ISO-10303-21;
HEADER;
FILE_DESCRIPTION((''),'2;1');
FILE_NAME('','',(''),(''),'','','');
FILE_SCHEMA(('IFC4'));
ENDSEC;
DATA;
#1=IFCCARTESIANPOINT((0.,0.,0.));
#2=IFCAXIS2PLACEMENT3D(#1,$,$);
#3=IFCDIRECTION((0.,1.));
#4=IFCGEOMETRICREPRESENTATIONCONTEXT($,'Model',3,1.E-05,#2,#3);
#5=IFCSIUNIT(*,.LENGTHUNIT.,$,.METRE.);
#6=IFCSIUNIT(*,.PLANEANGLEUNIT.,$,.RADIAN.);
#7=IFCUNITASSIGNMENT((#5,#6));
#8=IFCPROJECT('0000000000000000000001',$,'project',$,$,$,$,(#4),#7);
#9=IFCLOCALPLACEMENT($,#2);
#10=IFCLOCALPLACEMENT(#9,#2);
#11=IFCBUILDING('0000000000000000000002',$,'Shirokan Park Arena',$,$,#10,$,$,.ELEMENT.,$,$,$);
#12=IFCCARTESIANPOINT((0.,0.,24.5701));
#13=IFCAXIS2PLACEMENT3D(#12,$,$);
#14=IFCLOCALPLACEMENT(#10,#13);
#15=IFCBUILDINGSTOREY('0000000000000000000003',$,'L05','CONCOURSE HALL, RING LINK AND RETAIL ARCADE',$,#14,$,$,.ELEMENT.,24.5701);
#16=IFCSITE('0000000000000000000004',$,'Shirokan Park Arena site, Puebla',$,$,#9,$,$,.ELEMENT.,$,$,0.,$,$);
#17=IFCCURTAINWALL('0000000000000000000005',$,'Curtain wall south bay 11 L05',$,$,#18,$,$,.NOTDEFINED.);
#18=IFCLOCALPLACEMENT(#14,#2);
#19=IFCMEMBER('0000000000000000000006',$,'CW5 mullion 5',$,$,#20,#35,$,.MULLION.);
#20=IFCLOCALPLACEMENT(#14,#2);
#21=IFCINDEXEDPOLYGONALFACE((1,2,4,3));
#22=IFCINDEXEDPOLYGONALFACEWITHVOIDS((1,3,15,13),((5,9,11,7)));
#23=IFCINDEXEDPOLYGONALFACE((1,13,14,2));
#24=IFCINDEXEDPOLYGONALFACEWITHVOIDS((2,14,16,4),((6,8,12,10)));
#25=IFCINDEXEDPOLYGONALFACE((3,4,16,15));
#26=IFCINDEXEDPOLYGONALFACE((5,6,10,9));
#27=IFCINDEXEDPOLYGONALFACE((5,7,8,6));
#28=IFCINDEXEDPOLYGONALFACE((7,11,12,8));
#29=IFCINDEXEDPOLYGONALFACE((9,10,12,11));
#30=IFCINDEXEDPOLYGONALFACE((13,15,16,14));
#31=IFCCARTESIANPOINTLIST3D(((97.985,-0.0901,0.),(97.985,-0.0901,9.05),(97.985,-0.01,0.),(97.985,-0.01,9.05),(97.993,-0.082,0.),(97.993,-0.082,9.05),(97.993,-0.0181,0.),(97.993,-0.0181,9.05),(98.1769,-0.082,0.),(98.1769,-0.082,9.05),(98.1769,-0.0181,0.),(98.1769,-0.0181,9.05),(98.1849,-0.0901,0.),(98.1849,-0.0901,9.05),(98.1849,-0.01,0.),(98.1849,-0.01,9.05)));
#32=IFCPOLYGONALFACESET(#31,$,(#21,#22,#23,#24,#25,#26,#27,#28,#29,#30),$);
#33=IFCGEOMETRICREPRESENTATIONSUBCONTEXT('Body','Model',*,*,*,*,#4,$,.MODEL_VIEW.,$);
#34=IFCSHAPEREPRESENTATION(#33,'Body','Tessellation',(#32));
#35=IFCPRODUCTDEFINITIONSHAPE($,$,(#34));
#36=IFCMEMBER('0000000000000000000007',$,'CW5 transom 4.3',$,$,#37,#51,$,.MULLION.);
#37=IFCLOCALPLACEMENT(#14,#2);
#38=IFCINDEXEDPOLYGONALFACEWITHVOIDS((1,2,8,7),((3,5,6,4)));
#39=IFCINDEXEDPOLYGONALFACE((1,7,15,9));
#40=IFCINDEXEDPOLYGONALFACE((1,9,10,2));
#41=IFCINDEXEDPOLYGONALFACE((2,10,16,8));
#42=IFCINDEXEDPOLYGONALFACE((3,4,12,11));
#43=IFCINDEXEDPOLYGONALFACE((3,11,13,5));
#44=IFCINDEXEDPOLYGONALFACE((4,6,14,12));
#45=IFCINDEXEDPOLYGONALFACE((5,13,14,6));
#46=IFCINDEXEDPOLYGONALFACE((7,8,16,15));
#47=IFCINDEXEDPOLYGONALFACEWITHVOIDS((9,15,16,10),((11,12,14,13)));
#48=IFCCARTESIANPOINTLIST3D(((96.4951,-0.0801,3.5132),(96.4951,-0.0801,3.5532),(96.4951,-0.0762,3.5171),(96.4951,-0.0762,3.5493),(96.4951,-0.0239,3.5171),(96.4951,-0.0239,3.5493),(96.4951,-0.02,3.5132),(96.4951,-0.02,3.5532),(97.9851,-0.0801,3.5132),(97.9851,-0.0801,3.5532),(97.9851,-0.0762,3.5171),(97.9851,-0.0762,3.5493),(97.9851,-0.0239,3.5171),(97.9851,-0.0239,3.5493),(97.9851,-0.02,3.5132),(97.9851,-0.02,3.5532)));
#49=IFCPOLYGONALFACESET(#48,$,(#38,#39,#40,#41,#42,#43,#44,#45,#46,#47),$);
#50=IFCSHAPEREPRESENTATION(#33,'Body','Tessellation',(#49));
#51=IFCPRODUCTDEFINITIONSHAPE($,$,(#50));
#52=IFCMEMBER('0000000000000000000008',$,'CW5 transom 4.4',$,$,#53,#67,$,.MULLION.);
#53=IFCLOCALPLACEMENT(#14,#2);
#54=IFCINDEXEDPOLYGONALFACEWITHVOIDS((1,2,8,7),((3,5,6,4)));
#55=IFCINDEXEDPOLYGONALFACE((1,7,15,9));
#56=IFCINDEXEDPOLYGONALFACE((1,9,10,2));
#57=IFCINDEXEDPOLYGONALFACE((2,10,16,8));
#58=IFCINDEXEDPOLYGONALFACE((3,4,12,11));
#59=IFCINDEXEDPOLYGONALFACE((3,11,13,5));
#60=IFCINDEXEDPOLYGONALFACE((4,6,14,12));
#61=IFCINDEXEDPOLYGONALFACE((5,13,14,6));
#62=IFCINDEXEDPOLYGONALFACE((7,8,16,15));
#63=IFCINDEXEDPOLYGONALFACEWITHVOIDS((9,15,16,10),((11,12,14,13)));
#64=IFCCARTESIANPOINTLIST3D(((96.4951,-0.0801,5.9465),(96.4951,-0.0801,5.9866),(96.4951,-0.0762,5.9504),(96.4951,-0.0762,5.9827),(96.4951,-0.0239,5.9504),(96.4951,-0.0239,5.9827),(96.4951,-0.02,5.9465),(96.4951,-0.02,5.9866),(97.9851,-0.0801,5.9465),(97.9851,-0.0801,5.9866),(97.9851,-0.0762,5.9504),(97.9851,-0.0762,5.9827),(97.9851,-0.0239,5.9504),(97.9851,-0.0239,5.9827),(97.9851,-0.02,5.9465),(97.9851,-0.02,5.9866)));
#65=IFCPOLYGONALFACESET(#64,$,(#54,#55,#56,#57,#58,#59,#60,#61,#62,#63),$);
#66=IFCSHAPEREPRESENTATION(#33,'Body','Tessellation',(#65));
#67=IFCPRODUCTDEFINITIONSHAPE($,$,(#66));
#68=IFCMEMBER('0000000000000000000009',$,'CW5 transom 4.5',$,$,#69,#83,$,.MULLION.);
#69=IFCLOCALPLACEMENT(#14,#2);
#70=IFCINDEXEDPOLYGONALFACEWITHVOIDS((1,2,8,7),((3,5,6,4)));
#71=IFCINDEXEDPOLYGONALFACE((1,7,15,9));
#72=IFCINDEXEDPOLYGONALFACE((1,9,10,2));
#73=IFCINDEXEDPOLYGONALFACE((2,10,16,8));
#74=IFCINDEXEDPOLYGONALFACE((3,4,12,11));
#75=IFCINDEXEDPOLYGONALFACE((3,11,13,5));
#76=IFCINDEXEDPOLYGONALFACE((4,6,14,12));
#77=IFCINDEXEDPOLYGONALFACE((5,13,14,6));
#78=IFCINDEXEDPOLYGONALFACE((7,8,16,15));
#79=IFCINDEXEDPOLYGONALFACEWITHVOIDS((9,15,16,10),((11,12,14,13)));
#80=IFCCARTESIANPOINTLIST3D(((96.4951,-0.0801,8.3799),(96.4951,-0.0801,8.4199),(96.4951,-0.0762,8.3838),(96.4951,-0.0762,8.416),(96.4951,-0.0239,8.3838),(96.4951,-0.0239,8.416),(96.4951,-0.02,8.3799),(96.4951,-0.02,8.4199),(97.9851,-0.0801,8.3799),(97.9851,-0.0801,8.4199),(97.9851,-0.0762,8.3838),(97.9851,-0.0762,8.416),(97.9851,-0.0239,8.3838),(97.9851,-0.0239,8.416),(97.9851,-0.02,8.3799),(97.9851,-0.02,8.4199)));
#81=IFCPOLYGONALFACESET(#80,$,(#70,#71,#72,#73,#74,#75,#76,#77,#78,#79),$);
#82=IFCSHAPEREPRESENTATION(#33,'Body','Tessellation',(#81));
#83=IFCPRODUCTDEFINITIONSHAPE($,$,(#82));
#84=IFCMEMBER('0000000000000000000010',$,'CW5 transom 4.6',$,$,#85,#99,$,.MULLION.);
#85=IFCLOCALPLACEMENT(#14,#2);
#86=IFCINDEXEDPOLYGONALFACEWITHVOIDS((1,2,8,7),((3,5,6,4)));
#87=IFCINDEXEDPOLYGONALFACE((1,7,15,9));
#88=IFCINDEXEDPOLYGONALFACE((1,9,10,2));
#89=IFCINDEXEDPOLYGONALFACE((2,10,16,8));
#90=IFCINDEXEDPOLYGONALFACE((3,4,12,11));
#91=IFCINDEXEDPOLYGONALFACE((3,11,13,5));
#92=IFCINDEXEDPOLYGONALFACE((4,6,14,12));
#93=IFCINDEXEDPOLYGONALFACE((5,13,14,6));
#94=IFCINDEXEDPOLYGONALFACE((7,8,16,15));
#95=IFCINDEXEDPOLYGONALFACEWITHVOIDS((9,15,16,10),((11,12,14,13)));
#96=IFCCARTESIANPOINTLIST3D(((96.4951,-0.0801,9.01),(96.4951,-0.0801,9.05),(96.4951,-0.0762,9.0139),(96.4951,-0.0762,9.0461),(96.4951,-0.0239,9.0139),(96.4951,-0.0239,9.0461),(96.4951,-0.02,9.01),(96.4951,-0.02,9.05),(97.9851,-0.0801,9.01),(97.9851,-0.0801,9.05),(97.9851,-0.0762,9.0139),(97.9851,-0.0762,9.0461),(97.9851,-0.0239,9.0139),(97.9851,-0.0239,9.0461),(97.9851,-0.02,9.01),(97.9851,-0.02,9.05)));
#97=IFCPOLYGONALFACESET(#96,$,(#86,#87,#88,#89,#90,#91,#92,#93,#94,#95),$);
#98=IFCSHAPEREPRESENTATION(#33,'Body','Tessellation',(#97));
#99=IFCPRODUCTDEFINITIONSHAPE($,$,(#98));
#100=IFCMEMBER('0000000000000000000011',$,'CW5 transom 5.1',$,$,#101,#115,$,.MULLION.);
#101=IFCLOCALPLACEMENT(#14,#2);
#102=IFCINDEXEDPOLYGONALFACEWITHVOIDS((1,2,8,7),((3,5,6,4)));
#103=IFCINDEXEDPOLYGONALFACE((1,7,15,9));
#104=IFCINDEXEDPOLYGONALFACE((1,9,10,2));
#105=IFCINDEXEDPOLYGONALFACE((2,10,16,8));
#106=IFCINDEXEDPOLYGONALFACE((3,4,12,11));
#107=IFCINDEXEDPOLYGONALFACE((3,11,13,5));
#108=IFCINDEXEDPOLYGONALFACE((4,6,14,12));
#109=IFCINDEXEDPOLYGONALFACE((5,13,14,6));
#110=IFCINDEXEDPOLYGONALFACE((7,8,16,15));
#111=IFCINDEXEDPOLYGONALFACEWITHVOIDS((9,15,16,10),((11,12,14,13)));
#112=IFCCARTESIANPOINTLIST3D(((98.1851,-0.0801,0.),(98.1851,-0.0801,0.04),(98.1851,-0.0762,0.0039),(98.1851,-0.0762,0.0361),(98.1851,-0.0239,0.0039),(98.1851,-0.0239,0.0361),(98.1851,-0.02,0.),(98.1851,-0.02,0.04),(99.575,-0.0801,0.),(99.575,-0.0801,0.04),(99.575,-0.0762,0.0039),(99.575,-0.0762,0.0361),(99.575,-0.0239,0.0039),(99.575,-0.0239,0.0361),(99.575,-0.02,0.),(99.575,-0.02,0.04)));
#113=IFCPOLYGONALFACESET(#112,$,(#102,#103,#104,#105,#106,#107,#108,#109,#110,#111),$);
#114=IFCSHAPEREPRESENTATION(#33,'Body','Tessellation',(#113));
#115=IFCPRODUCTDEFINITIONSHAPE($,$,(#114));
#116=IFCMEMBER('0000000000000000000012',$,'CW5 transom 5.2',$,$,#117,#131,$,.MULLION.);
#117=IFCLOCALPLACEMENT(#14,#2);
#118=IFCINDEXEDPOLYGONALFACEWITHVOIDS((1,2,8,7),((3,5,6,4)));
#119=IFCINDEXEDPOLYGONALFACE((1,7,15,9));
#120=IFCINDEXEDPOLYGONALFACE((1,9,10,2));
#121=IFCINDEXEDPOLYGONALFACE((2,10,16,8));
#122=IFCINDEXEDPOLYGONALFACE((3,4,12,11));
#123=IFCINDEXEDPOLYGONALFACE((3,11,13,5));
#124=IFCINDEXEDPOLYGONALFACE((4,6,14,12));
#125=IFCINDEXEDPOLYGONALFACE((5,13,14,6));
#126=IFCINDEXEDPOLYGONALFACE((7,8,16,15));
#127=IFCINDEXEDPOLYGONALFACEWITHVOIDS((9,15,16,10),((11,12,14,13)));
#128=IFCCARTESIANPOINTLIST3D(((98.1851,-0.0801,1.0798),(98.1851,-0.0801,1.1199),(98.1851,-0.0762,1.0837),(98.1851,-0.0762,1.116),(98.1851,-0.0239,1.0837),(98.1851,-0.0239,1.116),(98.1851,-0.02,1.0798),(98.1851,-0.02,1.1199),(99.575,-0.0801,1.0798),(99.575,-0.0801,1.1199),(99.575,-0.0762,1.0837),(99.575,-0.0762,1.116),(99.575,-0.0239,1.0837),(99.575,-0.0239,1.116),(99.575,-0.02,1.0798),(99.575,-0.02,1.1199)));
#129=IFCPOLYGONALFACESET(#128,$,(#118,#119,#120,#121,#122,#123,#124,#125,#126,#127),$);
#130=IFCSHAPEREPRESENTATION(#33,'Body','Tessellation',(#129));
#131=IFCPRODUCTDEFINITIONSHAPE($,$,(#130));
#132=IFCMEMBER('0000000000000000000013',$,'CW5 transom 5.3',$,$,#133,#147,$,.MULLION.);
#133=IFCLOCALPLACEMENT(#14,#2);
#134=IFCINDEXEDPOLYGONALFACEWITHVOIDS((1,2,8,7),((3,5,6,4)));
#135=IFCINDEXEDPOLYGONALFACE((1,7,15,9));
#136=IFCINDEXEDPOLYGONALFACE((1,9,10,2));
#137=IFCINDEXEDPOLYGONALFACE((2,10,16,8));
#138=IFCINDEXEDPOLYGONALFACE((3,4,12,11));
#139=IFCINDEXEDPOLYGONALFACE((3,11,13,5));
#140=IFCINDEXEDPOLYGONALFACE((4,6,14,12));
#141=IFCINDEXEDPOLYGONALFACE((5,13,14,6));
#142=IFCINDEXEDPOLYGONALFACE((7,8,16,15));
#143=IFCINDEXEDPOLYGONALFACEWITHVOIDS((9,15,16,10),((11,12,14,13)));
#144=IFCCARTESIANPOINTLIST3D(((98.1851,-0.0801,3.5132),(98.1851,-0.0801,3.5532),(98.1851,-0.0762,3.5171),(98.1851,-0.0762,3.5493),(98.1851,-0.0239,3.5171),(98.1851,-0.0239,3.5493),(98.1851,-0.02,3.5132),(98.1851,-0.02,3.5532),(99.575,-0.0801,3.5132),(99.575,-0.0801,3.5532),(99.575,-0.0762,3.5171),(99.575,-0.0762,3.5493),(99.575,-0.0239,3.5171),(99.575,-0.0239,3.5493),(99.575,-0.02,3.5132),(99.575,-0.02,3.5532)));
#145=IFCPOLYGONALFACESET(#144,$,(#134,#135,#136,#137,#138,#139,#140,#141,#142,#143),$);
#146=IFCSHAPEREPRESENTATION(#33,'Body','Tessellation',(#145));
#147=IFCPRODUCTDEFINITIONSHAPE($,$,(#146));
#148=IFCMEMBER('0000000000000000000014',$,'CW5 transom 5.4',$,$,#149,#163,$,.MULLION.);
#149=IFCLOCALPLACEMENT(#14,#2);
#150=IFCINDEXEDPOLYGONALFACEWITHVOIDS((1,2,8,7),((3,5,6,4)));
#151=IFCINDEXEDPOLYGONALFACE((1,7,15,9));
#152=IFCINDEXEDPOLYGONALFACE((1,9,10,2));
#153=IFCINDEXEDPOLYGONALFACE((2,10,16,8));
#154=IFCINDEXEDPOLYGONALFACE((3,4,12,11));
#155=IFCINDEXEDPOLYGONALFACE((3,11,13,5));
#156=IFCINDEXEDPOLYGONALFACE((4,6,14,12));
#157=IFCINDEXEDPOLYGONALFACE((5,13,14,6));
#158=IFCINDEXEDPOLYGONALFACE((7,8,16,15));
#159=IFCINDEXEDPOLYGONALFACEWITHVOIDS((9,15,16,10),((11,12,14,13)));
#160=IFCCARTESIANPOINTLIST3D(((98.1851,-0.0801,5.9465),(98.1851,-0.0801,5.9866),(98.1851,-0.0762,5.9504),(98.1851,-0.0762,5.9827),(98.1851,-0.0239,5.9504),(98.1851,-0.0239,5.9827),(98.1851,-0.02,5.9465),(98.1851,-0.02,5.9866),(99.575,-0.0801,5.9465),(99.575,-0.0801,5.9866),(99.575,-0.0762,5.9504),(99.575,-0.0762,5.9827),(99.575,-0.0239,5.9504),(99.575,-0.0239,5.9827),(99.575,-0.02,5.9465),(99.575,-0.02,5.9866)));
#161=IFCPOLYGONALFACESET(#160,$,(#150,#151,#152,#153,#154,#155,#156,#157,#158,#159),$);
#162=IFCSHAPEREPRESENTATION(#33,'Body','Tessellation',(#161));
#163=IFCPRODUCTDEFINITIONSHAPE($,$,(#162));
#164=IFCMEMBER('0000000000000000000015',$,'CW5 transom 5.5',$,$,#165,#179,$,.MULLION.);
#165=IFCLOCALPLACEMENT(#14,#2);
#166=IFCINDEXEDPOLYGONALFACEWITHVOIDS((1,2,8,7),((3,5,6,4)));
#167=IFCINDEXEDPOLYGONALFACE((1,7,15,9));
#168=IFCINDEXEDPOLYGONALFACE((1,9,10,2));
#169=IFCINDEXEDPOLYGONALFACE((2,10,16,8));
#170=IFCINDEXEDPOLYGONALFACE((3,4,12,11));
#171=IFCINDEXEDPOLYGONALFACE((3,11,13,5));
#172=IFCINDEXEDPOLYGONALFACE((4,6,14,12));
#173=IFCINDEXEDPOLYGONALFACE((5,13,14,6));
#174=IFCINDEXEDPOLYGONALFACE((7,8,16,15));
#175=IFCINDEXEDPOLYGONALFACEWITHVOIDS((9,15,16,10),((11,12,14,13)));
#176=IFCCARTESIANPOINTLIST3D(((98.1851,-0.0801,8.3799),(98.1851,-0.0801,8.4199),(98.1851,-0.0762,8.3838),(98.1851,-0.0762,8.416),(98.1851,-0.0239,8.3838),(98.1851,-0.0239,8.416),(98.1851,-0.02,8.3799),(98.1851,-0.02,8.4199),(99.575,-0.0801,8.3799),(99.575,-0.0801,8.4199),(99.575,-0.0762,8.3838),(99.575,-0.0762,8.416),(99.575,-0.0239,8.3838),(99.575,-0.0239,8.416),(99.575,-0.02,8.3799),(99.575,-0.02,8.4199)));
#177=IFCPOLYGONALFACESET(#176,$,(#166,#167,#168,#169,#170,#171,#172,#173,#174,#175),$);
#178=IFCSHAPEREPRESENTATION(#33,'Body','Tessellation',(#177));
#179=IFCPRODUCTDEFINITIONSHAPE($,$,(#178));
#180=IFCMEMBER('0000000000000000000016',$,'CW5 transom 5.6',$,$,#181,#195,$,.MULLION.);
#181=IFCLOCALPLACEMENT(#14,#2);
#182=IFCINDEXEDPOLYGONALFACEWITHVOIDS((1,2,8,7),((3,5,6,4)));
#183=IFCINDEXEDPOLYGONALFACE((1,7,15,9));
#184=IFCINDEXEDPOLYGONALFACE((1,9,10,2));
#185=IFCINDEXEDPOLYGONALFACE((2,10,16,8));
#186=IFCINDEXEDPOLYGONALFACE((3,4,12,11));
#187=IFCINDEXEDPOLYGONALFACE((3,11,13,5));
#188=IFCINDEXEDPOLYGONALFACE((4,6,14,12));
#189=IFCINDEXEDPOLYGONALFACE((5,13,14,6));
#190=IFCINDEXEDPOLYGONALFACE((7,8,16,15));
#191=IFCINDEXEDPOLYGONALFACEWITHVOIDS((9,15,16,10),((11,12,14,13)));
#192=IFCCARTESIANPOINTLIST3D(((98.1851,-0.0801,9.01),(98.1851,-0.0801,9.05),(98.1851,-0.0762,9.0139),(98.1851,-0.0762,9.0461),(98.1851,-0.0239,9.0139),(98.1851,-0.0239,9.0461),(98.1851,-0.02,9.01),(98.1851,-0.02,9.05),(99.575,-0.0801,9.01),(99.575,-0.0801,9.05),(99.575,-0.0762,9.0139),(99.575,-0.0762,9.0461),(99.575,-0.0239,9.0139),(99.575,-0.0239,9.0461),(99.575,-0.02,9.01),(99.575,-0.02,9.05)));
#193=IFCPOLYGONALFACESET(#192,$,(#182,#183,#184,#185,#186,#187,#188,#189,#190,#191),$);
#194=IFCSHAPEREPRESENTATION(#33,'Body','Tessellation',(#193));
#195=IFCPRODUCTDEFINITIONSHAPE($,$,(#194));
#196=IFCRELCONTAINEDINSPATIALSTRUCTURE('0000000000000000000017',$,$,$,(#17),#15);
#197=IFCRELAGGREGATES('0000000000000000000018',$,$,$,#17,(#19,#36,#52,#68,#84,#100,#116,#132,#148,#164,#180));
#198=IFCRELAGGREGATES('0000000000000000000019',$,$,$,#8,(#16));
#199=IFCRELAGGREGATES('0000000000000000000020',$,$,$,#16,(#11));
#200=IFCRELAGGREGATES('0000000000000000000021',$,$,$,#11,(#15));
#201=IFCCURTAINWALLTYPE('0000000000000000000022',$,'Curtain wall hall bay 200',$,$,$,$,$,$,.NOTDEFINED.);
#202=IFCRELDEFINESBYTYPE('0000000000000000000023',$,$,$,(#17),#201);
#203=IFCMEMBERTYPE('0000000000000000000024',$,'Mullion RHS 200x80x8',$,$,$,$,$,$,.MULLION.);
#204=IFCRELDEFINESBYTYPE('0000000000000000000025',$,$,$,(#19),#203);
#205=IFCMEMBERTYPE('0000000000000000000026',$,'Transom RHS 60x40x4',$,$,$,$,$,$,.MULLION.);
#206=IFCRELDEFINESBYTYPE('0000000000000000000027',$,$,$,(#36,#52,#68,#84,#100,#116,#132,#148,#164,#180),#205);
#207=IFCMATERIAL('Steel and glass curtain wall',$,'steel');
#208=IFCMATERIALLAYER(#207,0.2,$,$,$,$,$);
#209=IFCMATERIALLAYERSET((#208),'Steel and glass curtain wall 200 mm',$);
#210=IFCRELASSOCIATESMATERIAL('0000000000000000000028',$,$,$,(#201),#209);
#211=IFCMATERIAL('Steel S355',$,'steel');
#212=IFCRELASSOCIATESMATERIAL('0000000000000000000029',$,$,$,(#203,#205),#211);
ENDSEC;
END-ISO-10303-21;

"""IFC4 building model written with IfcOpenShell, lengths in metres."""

from ifc_helpers import new_model, si_unit, direction, frame, origin, origin_2d, place, context, subcontext, project, spatial, hollow_rectangle, extrude, material, layer, layer_set, material_profile, profile_set, type_object, element, aggregate, save


model = new_model("IFC4")

# Units and contexts
model_context = context("Model", 3, precision=1e-05, world=origin(), true_north=direction((0.0, 1.0)))
body_context = subcontext(model_context, "Body", "Model", "MODEL_VIEW")
ifc_project = project(units=[si_unit("LENGTHUNIT", "METRE"), si_unit("PLANEANGLEUNIT", "RADIAN")], contexts=[model_context])

# Site, building, storey
site_placement = place(None, origin())
site = spatial("IfcSite", under=ifc_project, at=site_placement, Name="Shirokan Park Arena site, Puebla", CompositionType="ELEMENT", RefElevation=0.0)
building_placement = place(site_placement, origin())
building = spatial("IfcBuilding", under=site, at=building_placement, Name="Shirokan Park Arena", CompositionType="ELEMENT")
storey_placement = place(building_placement, frame((0.0, 0.0, 24.5701)))
storey = spatial("IfcBuildingStorey", under=building, at=storey_placement, Name="L05", Description="CONCOURSE HALL, RING LINK AND RETAIL ARCADE", CompositionType="ELEMENT", Elevation=24.5701)

# Curtain wall, members
ifc_material_1 = material(Name="Steel and glass curtain wall", Category="steel")
ifc_layer_1 = layer(ifc_material_1, 0.2)
ifc_layer_set_1 = layer_set([ifc_layer_1], Name="Steel and glass curtain wall 200 mm")
curtain_wall_type = type_object("IfcCurtainWallType", Name="Curtain wall hall bay 200", PredefinedType="NOTDEFINED", material=ifc_layer_set_1)
curtain_wall_placement = place(storey_placement, origin())
curtain_wall = element("IfcCurtainWall", 1, at=curtain_wall_placement, inside=storey, type_object=curtain_wall_type, Name="Curtain wall south bay 11 L05", PredefinedType="NOTDEFINED")
ifc_material_2 = material(Name="Steel S355", Category="steel")
ifc_material_profile_1 = material_profile(ifc_material_2, hollow_rectangle(XDim=0.0801, YDim=0.2, WallThickness=0.0081, at=origin_2d()), Name="RHS 200x80x8")
ifc_profile_set_1 = profile_set([ifc_material_profile_1], Name="Steel S355")
member_type_1 = type_object("IfcMemberType", Name="Mullion RHS 200x80x8", PredefinedType="MULLION", material=ifc_profile_set_1)
member_1_placement = place(storey_placement, frame((98.085, -0.05, 0.0), z_axis=(0.0, 0.0, 1.0), x_axis=(0.0, 1.0, 0.0)))
member_1 = element("IfcMember", 2, at=member_1_placement, type_object=member_type_1, Name="CW5 mullion 5", PredefinedType="MULLION", context=body_context, shape_type="SweptSolid", body=[
    extrude(hollow_rectangle(XDim=0.0801, YDim=0.2, WallThickness=0.0081, at=origin_2d()), origin(), (0.0, 0.0, 1.0), 9.05),
])
ifc_material_profile_2 = material_profile(ifc_material_2, hollow_rectangle(XDim=0.0601, YDim=0.04, WallThickness=0.0039, at=origin_2d()), Name="RHS 60x40x4")
ifc_profile_set_2 = profile_set([ifc_material_profile_2], Name="Steel S355")
member_type_2 = type_object("IfcMemberType", Name="Transom RHS 60x40x4", PredefinedType="MULLION", material=ifc_profile_set_2)
member_2_placement = place(storey_placement, frame((96.4951, -0.05, 3.5332), z_axis=(1.0, 0.0, 0.0), x_axis=(0.0, 1.0, 0.0)))
member_2 = element("IfcMember", 3, at=member_2_placement, type_object=member_type_2, Name="CW5 transom 4.3", PredefinedType="MULLION", context=body_context, shape_type="SweptSolid", body=[
    extrude(hollow_rectangle(XDim=0.0601, YDim=0.04, WallThickness=0.0039, at=origin_2d()), origin(), (0.0, 0.0, 1.0), 1.49),
])
member_3_placement = place(storey_placement, frame((96.4951, -0.05, 5.9666), z_axis=(1.0, 0.0, 0.0), x_axis=(0.0, 1.0, 0.0)))
member_3 = element("IfcMember", 4, at=member_3_placement, type_object=member_type_2, Name="CW5 transom 4.4", PredefinedType="MULLION", context=body_context, shape_type="SweptSolid", body=[
    extrude(hollow_rectangle(XDim=0.0601, YDim=0.04, WallThickness=0.0039, at=origin_2d()), origin(), (0.0, 0.0, 1.0), 1.49),
])
member_4_placement = place(storey_placement, frame((96.4951, -0.05, 8.3999), z_axis=(1.0, 0.0, 0.0), x_axis=(0.0, 1.0, 0.0)))
member_4 = element("IfcMember", 5, at=member_4_placement, type_object=member_type_2, Name="CW5 transom 4.5", PredefinedType="MULLION", context=body_context, shape_type="SweptSolid", body=[
    extrude(hollow_rectangle(XDim=0.0601, YDim=0.04, WallThickness=0.0039, at=origin_2d()), origin(), (0.0, 0.0, 1.0), 1.49),
])
member_5_placement = place(storey_placement, frame((96.4951, -0.05, 9.03), z_axis=(1.0, 0.0, 0.0), x_axis=(0.0, 1.0, 0.0)))
member_5 = element("IfcMember", 6, at=member_5_placement, type_object=member_type_2, Name="CW5 transom 4.6", PredefinedType="MULLION", context=body_context, shape_type="SweptSolid", body=[
    extrude(hollow_rectangle(XDim=0.0601, YDim=0.04, WallThickness=0.0039, at=origin_2d()), origin(), (0.0, 0.0, 1.0), 1.49),
])
member_6_placement = place(storey_placement, frame((98.1851, -0.05, 0.02), z_axis=(1.0, 0.0, 0.0), x_axis=(0.0, 1.0, 0.0)))
member_6 = element("IfcMember", 7, at=member_6_placement, type_object=member_type_2, Name="CW5 transom 5.1", PredefinedType="MULLION", context=body_context, shape_type="SweptSolid", body=[
    extrude(hollow_rectangle(XDim=0.0601, YDim=0.04, WallThickness=0.0039, at=origin_2d()), origin(), (0.0, 0.0, 1.0), 1.3899),
])
member_7_placement = place(storey_placement, frame((98.1851, -0.05, 1.0999), z_axis=(1.0, 0.0, 0.0), x_axis=(0.0, 1.0, 0.0)))
member_7 = element("IfcMember", 8, at=member_7_placement, type_object=member_type_2, Name="CW5 transom 5.2", PredefinedType="MULLION", context=body_context, shape_type="SweptSolid", body=[
    extrude(hollow_rectangle(XDim=0.0601, YDim=0.04, WallThickness=0.0039, at=origin_2d()), origin(), (0.0, 0.0, 1.0), 1.3899),
])
member_8_placement = place(storey_placement, frame((98.1851, -0.05, 3.5332), z_axis=(1.0, 0.0, 0.0), x_axis=(0.0, 1.0, 0.0)))
member_8 = element("IfcMember", 9, at=member_8_placement, type_object=member_type_2, Name="CW5 transom 5.3", PredefinedType="MULLION", context=body_context, shape_type="SweptSolid", body=[
    extrude(hollow_rectangle(XDim=0.0601, YDim=0.04, WallThickness=0.0039, at=origin_2d()), origin(), (0.0, 0.0, 1.0), 1.3899),
])
member_9_placement = place(storey_placement, frame((98.1851, -0.05, 5.9666), z_axis=(1.0, 0.0, 0.0), x_axis=(0.0, 1.0, 0.0)))
member_9 = element("IfcMember", 10, at=member_9_placement, type_object=member_type_2, Name="CW5 transom 5.4", PredefinedType="MULLION", context=body_context, shape_type="SweptSolid", body=[
    extrude(hollow_rectangle(XDim=0.0601, YDim=0.04, WallThickness=0.0039, at=origin_2d()), origin(), (0.0, 0.0, 1.0), 1.3899),
])
member_10_placement = place(storey_placement, frame((98.1851, -0.05, 8.3999), z_axis=(1.0, 0.0, 0.0), x_axis=(0.0, 1.0, 0.0)))
member_10 = element("IfcMember", 11, at=member_10_placement, type_object=member_type_2, Name="CW5 transom 5.5", PredefinedType="MULLION", context=body_context, shape_type="SweptSolid", body=[
    extrude(hollow_rectangle(XDim=0.0601, YDim=0.04, WallThickness=0.0039, at=origin_2d()), origin(), (0.0, 0.0, 1.0), 1.3899),
])
member_11_placement = place(storey_placement, frame((98.1851, -0.05, 9.03), z_axis=(1.0, 0.0, 0.0), x_axis=(0.0, 1.0, 0.0)))
member_11 = element("IfcMember", 12, at=member_11_placement, type_object=member_type_2, Name="CW5 transom 5.6", PredefinedType="MULLION", context=body_context, shape_type="SweptSolid", body=[
    extrude(hollow_rectangle(XDim=0.0601, YDim=0.04, WallThickness=0.0039, at=origin_2d()), origin(), (0.0, 0.0, 1.0), 1.3899),
])
aggregate(curtain_wall, [member_1, member_2, member_3, member_4, member_5, member_6, member_7, member_8, member_9, member_10, member_11])

save(model, "model.ifc")
